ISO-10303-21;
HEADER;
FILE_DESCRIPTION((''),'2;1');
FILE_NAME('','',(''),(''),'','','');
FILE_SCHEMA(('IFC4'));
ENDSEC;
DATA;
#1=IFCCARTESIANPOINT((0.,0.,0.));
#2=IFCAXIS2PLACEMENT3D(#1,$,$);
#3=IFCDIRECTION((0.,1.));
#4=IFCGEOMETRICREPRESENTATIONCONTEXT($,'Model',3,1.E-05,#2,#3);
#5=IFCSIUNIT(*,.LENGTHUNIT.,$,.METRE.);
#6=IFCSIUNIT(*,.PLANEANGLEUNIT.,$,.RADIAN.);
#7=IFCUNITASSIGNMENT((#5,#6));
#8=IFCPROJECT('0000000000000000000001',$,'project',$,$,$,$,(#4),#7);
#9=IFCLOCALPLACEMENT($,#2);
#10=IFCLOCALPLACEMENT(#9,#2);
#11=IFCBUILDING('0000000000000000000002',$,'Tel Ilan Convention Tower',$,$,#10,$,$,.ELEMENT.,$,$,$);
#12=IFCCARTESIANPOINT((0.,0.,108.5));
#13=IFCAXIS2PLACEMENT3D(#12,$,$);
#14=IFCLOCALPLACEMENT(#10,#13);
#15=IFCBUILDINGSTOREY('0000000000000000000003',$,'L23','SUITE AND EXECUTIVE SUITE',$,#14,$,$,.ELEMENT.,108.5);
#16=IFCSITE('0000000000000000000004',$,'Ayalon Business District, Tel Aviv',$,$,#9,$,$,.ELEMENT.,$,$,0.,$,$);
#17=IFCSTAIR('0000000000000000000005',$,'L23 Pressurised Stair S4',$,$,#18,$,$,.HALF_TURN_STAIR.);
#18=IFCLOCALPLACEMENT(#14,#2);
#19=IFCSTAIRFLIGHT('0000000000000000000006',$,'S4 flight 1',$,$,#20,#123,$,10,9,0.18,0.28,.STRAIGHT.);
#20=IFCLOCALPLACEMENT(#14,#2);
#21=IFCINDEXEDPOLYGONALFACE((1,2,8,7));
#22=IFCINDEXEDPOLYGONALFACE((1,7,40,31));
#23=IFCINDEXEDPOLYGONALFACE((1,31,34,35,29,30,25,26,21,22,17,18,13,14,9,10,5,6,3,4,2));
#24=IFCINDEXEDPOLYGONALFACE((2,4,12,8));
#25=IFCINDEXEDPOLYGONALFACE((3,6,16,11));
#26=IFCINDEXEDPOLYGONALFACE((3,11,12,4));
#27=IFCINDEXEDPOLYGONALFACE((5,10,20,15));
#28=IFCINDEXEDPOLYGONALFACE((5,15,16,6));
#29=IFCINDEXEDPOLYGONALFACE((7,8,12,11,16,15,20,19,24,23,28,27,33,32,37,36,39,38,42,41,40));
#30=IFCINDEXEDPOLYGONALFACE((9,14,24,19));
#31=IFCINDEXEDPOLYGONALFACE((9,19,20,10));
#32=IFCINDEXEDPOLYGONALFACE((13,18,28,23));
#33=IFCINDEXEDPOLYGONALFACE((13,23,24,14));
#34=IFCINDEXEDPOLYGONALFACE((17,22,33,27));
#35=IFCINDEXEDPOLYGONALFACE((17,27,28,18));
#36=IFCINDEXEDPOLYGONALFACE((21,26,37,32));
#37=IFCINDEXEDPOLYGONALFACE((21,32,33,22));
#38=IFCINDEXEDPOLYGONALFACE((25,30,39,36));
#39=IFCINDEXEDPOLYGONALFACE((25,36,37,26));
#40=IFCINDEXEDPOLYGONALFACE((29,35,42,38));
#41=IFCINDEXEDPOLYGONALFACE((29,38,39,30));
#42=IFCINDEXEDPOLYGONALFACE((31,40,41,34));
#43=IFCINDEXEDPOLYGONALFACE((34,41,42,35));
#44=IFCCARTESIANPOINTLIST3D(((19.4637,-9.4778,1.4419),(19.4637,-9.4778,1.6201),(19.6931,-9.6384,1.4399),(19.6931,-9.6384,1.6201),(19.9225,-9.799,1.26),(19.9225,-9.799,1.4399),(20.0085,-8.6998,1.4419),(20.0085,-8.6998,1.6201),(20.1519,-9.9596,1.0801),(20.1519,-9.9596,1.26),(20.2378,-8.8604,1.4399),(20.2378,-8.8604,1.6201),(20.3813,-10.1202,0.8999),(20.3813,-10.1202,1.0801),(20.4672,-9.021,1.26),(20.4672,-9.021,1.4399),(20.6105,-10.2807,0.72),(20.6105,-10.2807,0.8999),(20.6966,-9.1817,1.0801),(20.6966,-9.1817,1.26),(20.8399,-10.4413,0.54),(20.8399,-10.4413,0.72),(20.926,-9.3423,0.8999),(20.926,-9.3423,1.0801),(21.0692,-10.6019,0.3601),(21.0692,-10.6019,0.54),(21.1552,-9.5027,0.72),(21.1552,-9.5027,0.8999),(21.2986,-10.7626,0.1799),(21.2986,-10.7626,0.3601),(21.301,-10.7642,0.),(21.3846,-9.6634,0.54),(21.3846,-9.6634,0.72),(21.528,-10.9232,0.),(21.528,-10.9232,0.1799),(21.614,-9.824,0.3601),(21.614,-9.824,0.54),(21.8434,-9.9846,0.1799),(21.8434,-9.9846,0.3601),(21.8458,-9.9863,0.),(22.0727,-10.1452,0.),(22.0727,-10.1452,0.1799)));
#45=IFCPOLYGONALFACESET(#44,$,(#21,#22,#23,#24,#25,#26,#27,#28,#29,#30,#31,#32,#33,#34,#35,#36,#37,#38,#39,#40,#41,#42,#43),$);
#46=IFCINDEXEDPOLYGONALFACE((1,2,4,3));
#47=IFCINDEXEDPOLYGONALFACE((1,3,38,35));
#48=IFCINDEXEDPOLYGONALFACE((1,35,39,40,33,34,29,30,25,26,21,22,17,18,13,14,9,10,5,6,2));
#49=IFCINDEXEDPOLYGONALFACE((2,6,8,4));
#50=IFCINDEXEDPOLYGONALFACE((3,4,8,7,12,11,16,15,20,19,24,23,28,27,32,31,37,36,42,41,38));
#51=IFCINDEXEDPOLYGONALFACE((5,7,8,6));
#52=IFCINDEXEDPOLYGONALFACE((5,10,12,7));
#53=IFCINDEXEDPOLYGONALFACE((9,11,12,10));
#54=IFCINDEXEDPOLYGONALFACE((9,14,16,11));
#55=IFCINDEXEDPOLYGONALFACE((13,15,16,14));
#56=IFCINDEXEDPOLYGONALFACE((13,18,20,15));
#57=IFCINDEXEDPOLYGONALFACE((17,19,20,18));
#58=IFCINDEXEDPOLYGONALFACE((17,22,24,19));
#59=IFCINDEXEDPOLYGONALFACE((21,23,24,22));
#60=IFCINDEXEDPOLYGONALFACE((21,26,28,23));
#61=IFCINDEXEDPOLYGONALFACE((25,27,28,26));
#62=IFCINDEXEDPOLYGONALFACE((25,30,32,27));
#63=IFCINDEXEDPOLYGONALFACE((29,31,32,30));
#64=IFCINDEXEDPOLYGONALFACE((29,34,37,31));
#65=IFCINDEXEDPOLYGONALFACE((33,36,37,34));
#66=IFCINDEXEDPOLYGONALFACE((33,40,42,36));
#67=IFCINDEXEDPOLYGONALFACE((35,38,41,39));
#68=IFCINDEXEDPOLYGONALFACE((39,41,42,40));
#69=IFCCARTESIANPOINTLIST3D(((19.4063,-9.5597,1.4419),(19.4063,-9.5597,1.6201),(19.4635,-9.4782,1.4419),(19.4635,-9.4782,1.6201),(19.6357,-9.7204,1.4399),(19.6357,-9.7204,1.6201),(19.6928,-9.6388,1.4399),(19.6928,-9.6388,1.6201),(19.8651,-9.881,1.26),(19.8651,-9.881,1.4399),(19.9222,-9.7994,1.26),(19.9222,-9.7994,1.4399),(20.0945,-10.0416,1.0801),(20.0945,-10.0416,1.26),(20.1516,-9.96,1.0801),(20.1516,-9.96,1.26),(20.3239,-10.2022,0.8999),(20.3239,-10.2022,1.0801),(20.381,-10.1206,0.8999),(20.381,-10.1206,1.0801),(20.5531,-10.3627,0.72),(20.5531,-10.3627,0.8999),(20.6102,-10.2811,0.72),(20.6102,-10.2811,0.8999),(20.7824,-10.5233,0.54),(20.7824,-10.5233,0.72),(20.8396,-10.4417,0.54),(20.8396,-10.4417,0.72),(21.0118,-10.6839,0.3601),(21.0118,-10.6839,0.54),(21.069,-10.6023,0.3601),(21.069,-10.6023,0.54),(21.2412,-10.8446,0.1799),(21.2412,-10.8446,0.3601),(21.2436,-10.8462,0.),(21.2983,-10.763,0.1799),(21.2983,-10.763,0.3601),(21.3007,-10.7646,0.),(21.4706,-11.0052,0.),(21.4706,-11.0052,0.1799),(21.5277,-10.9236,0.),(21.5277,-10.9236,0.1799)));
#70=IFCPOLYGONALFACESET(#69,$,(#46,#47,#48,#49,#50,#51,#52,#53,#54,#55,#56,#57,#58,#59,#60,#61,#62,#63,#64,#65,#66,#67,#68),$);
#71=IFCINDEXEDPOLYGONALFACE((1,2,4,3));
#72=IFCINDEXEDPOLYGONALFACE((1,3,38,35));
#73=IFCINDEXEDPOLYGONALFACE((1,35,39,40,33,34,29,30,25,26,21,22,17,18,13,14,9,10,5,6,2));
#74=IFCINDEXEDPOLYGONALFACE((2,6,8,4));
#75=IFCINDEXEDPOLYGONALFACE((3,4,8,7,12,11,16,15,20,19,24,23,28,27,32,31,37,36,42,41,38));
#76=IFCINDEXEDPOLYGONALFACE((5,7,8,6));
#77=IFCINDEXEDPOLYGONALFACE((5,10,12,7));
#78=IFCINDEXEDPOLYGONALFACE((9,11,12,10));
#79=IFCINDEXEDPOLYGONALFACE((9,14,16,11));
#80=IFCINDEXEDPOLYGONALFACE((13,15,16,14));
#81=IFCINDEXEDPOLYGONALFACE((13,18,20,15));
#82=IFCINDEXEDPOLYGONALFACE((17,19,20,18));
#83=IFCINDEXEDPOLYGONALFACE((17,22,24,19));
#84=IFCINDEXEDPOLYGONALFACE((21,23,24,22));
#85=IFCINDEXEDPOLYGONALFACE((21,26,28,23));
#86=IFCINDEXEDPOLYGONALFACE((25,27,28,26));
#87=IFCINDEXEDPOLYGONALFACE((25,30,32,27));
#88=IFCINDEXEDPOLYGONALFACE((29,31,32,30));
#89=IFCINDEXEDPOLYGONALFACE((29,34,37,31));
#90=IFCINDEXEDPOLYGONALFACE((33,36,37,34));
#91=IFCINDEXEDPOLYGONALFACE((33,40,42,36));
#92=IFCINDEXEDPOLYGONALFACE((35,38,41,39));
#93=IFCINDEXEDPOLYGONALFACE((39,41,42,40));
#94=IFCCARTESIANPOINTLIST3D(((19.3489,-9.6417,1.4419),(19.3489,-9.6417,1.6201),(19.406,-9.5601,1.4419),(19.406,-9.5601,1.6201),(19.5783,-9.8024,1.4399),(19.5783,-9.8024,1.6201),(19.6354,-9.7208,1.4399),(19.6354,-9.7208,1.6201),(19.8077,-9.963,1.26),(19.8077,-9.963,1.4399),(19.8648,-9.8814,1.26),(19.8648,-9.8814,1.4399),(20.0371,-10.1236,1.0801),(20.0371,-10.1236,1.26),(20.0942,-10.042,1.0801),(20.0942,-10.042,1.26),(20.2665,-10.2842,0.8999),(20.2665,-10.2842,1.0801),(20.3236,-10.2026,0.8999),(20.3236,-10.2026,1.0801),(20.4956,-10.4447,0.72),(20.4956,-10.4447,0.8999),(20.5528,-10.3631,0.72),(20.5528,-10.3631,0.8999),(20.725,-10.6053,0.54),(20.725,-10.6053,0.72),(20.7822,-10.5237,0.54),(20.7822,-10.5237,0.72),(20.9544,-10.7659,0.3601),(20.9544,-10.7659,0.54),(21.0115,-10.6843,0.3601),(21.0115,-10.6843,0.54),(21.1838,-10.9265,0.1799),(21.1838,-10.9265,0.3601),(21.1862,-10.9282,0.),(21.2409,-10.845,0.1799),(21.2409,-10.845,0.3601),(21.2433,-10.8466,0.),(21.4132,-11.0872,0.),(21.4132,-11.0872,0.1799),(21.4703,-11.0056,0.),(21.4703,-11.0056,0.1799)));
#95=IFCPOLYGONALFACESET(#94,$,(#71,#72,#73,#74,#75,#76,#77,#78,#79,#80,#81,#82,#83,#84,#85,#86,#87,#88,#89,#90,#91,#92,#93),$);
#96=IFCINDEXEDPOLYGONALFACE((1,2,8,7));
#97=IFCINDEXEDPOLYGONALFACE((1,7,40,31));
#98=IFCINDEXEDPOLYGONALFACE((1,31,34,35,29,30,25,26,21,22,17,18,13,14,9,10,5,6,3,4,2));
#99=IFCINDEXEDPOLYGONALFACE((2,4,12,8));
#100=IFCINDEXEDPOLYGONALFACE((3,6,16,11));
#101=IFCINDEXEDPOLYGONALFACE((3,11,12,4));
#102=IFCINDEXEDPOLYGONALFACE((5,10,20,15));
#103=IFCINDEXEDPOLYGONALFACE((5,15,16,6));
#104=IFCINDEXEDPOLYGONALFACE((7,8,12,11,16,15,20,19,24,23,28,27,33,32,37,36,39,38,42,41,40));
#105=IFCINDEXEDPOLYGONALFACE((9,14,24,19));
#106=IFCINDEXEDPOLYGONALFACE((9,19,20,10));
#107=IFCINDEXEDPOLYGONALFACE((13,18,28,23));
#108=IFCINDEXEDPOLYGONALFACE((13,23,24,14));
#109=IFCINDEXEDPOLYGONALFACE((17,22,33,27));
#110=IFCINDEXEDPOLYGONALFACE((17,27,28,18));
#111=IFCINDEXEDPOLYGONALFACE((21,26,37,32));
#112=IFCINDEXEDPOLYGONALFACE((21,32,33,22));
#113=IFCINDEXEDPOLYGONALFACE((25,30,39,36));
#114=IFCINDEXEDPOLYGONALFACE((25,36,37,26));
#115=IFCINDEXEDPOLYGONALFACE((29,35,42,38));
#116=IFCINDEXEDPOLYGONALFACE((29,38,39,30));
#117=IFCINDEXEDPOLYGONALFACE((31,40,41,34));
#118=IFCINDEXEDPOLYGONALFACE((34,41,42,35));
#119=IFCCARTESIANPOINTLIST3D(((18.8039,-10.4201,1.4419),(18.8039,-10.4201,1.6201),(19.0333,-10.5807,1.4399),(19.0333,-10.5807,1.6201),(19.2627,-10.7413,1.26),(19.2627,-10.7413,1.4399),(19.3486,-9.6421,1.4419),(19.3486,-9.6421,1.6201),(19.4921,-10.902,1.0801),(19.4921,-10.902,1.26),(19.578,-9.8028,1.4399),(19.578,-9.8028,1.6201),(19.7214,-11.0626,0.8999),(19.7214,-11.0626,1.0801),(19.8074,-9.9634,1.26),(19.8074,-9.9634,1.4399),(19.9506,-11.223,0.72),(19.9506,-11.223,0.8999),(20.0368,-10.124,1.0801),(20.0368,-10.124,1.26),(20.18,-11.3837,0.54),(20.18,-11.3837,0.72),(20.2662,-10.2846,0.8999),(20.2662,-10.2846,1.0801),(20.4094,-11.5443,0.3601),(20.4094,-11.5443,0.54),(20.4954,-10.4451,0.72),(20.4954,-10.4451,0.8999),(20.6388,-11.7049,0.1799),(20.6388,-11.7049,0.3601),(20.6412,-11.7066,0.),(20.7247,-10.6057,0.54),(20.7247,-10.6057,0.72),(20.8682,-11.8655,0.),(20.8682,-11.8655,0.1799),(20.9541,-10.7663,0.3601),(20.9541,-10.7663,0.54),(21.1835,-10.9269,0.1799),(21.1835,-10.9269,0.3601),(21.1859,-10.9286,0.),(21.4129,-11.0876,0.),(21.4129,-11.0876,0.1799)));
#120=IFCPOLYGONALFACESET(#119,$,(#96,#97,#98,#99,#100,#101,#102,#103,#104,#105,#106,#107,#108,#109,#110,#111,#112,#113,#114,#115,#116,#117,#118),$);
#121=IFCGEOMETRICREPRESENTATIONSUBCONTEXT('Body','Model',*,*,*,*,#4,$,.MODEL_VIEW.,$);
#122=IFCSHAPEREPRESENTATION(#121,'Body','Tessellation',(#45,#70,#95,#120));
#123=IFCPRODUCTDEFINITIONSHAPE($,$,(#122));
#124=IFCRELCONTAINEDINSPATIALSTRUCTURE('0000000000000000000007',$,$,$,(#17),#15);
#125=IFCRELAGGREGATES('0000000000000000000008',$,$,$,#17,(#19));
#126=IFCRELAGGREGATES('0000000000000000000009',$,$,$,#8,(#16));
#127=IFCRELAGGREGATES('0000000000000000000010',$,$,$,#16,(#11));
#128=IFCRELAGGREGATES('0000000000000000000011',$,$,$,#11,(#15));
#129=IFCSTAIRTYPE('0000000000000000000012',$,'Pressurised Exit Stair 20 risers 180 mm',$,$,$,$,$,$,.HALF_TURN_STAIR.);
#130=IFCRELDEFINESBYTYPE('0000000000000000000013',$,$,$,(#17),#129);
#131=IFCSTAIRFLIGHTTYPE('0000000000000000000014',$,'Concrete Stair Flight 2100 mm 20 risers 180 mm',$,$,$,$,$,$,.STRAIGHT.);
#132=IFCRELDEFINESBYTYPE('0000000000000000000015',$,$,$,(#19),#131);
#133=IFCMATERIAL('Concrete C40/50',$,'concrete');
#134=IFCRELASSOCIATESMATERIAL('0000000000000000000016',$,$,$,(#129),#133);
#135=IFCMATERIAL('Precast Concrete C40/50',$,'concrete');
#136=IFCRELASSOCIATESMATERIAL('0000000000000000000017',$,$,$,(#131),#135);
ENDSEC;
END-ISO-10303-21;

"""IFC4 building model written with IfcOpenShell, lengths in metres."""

from ifc_helpers import new_model, si_unit, direction, frame, origin, place, context, subcontext, project, spatial, polyline, outline, extrude, material, type_object, element, aggregate, save


model = new_model("IFC4")

# Units and contexts
model_context = context("Model", 3, precision=1e-05, world=origin(), true_north=direction((0.0, 1.0)))
body_context = subcontext(model_context, "Body", "Model", "MODEL_VIEW")
ifc_project = project(units=[si_unit("LENGTHUNIT", "METRE"), si_unit("PLANEANGLEUNIT", "RADIAN")], contexts=[model_context])

# Site, building, storey
site_placement = place(None, origin())
site = spatial("IfcSite", under=ifc_project, at=site_placement, Name="Ayalon Business District, Tel Aviv", CompositionType="ELEMENT", RefElevation=0.0)
building_placement = place(site_placement, origin())
building = spatial("IfcBuilding", under=site, at=building_placement, Name="Tel Ilan Convention Tower", CompositionType="ELEMENT")
storey_placement = place(building_placement, frame((0.0, 0.0, 108.5)))
storey = spatial("IfcBuildingStorey", under=building, at=storey_placement, Name="L23", Description="SUITE AND EXECUTIVE SUITE", CompositionType="ELEMENT", Elevation=108.5)

# Shared definitions
ifc_material_1 = material(Name="Concrete C40/50", Category="concrete")
stair_type = type_object("IfcStairType", Name="Pressurised Exit Stair 20 risers 180 mm", PredefinedType="HALF_TURN_STAIR", material=ifc_material_1)
ifc_material_2 = material(Name="Precast Concrete C40/50", Category="concrete")
stair_flight_type = type_object("IfcStairFlightType", Name="Concrete Stair Flight 2100 mm 20 risers 180 mm", PredefinedType="STRAIGHT", material=ifc_material_2)

# Stair, stair flight
stair_1_placement = place(storey_placement, origin())
stair_1 = element("IfcStair", 1, at=stair_1_placement, inside=storey, type_object=stair_type, Name="L23 Pressurised Stair S4", PredefinedType="HALF_TURN_STAIR")
stair_flight_1_placement = place(storey_placement, frame((21.4705, -11.0054, 0.0), z_axis=(0.0, 0.0, 1.0), x_axis=(-0.819152, 0.573576, 0.0)))
stair_flight_1 = element("IfcStairFlight", 2, at=stair_flight_1_placement, type_object=stair_flight_type, Name="S4 flight 1", NumberOfRisers=10, NumberOfTreads=9, PredefinedType="STRAIGHT", RiserHeight=0.18, TreadLength=0.28, context=body_context, shape_type="SweptSolid", body=[
    extrude(outline(polyline([(0.0, 0.0), (0.0, 0.1799), (0.28, 0.1799), (0.28, 0.3601), (0.5601, 0.3601), (0.5601, 0.54), (0.8401, 0.54), (0.8401, 0.72), (1.1201, 0.72), (1.1201, 0.8999), (1.3999, 0.8999), (1.3999, 1.0801), (1.6799, 1.0801), (1.6799, 1.26), (1.96, 1.26), (1.96, 1.4399), (2.24, 1.4399), (2.24, 1.6201), (2.52, 1.6201), (2.52, 1.8), (2.52, 1.4419), (0.2771, 0.0), (0.0, 0.0)])), frame((0.0, -0.1003, 0.0), z_axis=(0.0, -1.0, 0.0), x_axis=(1.0, 0.0, 0.0)), (0.0, 0.0, 1.0), 0.9497),
    extrude(outline(polyline([(0.0, 0.0), (0.0, 0.1799), (0.28, 0.1799), (0.28, 0.3601), (0.5601, 0.3601), (0.5601, 0.54), (0.8401, 0.54), (0.8401, 0.72), (1.1201, 0.72), (1.1201, 0.8999), (1.3999, 0.8999), (1.3999, 1.0801), (1.6799, 1.0801), (1.6799, 1.26), (1.96, 1.26), (1.96, 1.4399), (2.24, 1.4399), (2.24, 1.6201), (2.52, 1.6201), (2.52, 1.8), (2.52, 1.4419), (0.2771, 0.0), (0.0, 0.0)])), frame((0.0, -0.0002, 0.0), z_axis=(0.0, -1.0, 0.0), x_axis=(1.0, 0.0, 0.0)), (0.0, 0.0, 1.0), 0.0996),
    extrude(outline(polyline([(0.0, 0.0), (0.0, 0.1799), (0.28, 0.1799), (0.28, 0.3601), (0.5601, 0.3601), (0.5601, 0.54), (0.8401, 0.54), (0.8401, 0.72), (1.1201, 0.72), (1.1201, 0.8999), (1.3999, 0.8999), (1.3999, 1.0801), (1.6799, 1.0801), (1.6799, 1.26), (1.96, 1.26), (1.96, 1.4399), (2.24, 1.4399), (2.24, 1.6201), (2.52, 1.6201), (2.52, 1.8), (2.52, 1.4419), (0.2771, 0.0), (0.0, 0.0)])), frame((0.0, 0.0999, 0.0), z_axis=(0.0, -1.0, 0.0), x_axis=(1.0, 0.0, 0.0)), (0.0, 0.0, 1.0), 0.0996),
    extrude(outline(polyline([(0.0, 0.0), (0.0, 0.1799), (0.28, 0.1799), (0.28, 0.3601), (0.5601, 0.3601), (0.5601, 0.54), (0.8401, 0.54), (0.8401, 0.72), (1.1201, 0.72), (1.1201, 0.8999), (1.3999, 0.8999), (1.3999, 1.0801), (1.6799, 1.0801), (1.6799, 1.26), (1.96, 1.26), (1.96, 1.4399), (2.24, 1.4399), (2.24, 1.6201), (2.52, 1.6201), (2.52, 1.8), (2.52, 1.4419), (0.2771, 0.0), (0.0, 0.0)])), frame((0.0, 1.05, 0.0), z_axis=(0.0, -1.0, 0.0), x_axis=(1.0, 0.0, 0.0)), (0.0, 0.0, 1.0), 0.9497),
])
aggregate(stair_1, [stair_flight_1])

save(model, "model.ifc")
